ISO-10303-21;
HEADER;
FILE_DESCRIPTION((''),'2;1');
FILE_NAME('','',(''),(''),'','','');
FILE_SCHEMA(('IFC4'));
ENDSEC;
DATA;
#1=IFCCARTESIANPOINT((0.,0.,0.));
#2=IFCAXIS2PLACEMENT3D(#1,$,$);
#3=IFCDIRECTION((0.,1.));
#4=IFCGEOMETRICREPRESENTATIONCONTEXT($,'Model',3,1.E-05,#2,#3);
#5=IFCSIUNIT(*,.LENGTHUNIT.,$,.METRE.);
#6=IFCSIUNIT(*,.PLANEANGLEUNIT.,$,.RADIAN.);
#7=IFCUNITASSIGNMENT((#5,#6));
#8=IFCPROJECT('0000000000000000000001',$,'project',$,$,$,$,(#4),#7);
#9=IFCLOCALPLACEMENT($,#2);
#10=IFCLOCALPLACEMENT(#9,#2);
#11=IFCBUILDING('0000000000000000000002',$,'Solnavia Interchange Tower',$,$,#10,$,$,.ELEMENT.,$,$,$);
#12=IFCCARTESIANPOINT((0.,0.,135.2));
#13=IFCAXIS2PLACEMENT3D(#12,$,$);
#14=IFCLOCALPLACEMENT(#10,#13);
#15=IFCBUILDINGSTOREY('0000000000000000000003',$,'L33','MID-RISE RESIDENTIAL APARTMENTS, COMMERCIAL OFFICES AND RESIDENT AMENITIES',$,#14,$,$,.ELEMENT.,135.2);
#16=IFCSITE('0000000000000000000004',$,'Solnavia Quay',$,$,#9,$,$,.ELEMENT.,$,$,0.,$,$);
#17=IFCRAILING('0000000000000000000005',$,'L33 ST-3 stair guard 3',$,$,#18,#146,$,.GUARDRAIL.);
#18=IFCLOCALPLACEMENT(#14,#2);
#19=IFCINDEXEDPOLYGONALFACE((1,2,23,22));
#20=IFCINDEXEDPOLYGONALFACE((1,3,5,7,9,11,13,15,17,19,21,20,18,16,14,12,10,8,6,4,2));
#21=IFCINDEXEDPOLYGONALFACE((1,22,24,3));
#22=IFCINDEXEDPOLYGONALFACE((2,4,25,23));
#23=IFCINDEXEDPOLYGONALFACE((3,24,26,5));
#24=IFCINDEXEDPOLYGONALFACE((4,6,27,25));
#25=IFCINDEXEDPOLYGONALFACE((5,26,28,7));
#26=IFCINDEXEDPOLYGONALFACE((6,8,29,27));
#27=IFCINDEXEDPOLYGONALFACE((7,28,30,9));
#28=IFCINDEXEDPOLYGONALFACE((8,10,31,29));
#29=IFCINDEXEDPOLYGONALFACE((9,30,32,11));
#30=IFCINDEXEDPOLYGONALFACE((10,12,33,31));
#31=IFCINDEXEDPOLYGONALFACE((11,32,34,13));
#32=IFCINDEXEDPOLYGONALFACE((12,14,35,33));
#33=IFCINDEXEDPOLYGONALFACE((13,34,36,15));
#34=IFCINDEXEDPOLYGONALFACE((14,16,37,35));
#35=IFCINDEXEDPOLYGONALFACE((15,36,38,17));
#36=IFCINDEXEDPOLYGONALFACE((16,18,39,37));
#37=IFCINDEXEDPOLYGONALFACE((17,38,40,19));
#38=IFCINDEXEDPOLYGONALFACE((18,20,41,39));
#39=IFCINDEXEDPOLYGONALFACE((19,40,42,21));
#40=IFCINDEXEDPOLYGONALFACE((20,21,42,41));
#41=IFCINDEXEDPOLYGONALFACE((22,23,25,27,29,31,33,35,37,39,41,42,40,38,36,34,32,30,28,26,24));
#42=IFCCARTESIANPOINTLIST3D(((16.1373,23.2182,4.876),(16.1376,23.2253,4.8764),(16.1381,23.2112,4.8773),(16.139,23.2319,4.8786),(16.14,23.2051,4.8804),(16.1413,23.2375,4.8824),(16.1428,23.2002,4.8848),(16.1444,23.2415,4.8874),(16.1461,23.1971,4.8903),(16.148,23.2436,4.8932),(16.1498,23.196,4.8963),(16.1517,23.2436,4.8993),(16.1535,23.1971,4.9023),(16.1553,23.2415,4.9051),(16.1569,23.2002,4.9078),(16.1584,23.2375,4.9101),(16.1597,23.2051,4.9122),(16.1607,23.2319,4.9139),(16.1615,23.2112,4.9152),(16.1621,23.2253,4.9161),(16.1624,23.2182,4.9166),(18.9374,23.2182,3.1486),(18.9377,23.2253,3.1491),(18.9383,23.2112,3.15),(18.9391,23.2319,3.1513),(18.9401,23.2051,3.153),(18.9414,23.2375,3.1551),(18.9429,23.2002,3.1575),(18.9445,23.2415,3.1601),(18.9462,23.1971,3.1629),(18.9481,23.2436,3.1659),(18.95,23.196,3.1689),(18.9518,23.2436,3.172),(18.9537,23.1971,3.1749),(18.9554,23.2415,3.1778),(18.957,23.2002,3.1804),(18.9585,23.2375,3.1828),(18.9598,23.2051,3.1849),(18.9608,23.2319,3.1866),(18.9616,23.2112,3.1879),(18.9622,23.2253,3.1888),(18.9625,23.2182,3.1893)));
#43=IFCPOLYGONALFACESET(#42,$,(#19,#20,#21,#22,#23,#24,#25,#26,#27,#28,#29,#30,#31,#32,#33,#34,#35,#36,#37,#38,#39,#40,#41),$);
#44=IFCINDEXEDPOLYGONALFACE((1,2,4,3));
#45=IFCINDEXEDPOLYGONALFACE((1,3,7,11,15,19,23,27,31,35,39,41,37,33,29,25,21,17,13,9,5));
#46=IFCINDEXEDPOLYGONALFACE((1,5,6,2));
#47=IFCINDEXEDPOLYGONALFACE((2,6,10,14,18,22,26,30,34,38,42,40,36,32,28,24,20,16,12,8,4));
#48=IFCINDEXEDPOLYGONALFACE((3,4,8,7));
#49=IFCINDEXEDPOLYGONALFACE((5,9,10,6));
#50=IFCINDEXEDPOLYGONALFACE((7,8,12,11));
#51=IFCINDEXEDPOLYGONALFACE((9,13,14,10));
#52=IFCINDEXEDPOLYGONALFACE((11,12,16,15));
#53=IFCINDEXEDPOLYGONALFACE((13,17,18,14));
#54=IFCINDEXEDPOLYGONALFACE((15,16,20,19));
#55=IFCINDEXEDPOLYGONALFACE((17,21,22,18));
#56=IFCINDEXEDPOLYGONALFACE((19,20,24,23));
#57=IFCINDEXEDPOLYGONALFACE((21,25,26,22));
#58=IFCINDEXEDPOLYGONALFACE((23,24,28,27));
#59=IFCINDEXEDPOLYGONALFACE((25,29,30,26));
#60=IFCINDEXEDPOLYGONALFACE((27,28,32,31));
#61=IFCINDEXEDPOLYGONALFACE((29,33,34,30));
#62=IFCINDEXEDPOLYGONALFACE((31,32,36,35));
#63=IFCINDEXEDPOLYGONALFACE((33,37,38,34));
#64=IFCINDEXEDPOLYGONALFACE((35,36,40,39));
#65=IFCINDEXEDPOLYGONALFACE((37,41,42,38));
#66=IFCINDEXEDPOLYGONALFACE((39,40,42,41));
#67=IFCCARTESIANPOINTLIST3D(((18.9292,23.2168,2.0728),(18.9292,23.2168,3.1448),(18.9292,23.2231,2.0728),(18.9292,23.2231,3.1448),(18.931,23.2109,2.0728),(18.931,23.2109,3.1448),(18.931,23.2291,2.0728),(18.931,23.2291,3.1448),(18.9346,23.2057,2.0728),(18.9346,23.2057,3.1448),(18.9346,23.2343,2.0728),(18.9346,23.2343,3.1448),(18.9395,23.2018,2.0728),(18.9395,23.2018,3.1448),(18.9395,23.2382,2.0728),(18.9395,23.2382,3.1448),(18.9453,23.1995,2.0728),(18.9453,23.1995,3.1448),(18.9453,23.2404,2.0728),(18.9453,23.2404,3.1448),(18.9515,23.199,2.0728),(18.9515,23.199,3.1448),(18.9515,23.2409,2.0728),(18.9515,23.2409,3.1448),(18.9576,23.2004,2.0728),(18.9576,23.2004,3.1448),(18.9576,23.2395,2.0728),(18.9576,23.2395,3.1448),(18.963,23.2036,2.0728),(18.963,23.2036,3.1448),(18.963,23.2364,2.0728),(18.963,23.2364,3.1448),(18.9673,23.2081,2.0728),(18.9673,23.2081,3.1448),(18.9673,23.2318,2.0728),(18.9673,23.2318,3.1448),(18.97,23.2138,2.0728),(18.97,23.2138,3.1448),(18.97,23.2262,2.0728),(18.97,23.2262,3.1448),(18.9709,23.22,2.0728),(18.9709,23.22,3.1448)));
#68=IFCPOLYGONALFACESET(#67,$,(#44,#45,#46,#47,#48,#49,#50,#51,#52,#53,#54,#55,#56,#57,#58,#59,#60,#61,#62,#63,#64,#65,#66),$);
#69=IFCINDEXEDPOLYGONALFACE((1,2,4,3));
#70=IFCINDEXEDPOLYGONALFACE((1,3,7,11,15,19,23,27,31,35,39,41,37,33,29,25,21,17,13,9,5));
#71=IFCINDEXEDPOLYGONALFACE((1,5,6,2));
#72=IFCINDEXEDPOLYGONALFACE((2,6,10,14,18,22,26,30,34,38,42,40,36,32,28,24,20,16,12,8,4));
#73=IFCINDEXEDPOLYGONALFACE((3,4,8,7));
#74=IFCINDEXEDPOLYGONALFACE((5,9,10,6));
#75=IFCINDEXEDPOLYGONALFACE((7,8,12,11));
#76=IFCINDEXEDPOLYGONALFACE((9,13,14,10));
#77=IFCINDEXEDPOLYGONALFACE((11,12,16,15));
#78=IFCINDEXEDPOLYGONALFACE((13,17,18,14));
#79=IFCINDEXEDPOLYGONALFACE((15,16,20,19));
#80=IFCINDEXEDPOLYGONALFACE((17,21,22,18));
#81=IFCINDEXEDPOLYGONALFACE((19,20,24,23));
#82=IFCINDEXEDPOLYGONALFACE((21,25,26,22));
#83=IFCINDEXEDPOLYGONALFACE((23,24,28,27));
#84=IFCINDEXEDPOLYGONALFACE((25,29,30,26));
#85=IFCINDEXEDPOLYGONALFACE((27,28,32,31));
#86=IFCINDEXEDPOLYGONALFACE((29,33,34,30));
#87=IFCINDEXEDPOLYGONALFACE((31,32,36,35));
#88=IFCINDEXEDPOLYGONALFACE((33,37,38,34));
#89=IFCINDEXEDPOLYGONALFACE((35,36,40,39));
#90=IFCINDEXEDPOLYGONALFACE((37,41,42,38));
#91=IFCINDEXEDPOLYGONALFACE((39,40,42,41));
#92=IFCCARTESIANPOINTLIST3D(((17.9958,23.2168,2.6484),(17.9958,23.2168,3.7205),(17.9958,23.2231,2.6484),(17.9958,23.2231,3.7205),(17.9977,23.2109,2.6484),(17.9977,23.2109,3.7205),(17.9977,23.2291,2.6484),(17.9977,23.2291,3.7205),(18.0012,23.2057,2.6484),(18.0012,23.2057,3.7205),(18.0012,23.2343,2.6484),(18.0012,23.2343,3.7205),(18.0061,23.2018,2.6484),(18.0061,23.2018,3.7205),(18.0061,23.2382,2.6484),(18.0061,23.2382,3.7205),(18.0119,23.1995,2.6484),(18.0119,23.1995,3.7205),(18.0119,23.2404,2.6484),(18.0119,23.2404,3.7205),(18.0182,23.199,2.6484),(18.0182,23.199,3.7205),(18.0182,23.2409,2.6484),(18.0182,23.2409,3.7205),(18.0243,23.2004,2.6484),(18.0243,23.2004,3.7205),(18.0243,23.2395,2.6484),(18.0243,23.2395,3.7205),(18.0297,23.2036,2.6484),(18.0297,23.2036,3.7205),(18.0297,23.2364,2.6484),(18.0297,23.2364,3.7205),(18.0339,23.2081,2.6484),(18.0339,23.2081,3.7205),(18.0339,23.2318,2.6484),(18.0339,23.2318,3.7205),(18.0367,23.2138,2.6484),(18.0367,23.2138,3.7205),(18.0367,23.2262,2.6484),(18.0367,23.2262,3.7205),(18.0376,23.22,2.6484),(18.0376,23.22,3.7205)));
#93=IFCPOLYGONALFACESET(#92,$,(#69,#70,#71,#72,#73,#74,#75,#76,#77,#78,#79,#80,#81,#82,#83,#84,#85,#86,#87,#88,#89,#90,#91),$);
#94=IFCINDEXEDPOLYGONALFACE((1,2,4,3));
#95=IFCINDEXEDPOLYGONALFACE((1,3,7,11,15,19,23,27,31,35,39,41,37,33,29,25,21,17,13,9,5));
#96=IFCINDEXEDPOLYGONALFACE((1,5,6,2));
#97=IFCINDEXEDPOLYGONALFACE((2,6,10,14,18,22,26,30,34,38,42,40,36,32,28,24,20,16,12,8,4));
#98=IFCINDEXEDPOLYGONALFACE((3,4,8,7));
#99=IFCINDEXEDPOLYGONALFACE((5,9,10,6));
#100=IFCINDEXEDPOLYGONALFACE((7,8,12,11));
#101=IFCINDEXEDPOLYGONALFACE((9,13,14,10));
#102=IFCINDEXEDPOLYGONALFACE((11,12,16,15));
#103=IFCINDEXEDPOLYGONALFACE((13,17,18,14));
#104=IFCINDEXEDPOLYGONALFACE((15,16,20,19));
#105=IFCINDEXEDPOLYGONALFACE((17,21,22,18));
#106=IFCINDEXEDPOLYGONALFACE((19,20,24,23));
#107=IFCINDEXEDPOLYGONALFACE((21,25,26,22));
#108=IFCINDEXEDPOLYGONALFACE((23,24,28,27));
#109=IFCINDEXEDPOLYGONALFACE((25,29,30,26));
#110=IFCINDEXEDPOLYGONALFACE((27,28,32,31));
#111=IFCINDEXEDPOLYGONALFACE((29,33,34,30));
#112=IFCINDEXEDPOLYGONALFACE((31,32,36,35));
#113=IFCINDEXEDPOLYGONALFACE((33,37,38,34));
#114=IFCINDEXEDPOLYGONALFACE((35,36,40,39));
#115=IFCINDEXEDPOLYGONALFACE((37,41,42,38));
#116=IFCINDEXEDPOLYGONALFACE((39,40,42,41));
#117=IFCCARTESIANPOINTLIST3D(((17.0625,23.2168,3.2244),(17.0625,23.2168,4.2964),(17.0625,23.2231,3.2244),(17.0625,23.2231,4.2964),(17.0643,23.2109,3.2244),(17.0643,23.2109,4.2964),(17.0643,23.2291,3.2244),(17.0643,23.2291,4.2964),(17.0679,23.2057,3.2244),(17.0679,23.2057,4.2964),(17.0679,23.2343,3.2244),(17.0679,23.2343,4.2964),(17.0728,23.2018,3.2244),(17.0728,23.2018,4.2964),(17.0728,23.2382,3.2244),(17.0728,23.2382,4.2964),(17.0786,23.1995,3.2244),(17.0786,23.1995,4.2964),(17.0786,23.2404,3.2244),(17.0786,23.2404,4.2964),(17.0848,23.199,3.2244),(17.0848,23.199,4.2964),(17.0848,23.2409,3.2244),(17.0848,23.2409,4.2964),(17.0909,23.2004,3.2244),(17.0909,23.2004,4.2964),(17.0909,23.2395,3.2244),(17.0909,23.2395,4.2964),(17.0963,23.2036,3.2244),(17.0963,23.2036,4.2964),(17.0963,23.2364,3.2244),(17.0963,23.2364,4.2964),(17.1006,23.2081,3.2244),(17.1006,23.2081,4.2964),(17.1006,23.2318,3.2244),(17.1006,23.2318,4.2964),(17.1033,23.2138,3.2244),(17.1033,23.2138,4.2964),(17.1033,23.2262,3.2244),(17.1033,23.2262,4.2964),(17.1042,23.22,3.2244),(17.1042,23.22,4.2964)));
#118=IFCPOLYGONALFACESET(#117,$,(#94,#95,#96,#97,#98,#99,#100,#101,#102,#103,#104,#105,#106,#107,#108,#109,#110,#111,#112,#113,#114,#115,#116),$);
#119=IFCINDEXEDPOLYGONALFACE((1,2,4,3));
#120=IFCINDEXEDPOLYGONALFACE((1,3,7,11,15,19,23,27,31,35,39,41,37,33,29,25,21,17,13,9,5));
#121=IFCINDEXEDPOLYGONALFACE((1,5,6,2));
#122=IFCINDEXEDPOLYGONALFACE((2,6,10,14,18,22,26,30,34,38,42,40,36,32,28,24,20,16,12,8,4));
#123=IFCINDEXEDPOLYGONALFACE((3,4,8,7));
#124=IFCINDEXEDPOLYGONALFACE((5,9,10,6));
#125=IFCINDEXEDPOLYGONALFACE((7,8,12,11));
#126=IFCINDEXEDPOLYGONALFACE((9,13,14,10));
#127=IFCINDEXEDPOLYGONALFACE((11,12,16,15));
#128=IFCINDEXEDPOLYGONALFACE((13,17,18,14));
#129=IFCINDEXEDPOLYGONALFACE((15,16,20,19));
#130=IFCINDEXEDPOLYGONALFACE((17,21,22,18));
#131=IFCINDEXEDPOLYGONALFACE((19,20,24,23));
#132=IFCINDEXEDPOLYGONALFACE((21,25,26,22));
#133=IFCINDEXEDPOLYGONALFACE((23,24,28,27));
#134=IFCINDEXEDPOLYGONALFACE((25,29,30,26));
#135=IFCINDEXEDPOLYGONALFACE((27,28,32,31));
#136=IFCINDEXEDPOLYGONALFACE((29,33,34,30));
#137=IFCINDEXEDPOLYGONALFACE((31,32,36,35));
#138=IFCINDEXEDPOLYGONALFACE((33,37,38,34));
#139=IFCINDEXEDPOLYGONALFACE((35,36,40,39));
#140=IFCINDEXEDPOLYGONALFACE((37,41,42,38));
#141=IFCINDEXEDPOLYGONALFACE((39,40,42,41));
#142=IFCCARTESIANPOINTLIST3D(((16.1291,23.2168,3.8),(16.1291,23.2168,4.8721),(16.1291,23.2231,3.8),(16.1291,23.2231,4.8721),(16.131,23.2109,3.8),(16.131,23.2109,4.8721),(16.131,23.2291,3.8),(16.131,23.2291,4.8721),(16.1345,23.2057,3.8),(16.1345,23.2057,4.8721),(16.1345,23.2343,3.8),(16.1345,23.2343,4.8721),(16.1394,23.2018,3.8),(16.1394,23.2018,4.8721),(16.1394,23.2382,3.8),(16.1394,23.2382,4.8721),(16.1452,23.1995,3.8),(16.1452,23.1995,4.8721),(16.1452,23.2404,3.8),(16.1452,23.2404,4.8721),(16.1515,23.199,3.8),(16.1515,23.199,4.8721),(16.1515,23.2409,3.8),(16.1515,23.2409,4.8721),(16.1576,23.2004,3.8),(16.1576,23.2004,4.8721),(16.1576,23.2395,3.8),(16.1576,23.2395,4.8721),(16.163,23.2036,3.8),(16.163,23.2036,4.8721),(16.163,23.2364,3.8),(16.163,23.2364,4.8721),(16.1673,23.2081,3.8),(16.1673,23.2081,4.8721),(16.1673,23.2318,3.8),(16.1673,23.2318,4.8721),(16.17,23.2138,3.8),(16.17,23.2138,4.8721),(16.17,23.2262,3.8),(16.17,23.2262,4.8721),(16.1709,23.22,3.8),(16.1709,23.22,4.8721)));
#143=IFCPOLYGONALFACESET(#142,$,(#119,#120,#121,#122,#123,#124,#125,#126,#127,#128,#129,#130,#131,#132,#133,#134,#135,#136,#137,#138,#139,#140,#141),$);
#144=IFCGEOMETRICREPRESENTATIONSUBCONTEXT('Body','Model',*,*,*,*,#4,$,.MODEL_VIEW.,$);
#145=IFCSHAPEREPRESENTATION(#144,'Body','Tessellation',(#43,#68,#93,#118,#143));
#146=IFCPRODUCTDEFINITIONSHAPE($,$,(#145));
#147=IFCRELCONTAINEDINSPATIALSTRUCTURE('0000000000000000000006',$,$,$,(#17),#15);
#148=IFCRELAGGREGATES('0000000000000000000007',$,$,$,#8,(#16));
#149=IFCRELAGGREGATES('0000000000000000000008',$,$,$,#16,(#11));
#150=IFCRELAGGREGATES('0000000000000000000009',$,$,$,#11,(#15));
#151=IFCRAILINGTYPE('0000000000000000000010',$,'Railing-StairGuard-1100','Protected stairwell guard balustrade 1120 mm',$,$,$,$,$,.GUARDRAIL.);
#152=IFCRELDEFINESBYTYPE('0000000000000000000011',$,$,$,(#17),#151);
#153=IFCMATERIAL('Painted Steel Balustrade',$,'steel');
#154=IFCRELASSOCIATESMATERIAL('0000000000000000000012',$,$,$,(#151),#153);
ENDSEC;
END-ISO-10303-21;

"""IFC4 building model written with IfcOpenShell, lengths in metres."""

from ifc_helpers import new_model, si_unit, direction, frame, origin, origin_2d, place, context, subcontext, project, spatial, circle, extrude, material, type_object, element, save


model = new_model("IFC4")

# Units and contexts
model_context = context("Model", 3, precision=1e-05, world=origin(), true_north=direction((0.0, 1.0)))
body_context = subcontext(model_context, "Body", "Model", "MODEL_VIEW")
ifc_project = project(units=[si_unit("LENGTHUNIT", "METRE"), si_unit("PLANEANGLEUNIT", "RADIAN")], contexts=[model_context])

# Site, building, storey
site_placement = place(None, origin())
site = spatial("IfcSite", under=ifc_project, at=site_placement, Name="Solnavia Quay", CompositionType="ELEMENT", RefElevation=0.0)
building_placement = place(site_placement, origin())
building = spatial("IfcBuilding", under=site, at=building_placement, Name="Solnavia Interchange Tower", CompositionType="ELEMENT")
storey_placement = place(building_placement, frame((0.0, 0.0, 135.2)))
storey = spatial("IfcBuildingStorey", under=building, at=storey_placement, Name="L33", Description="MID-RISE RESIDENTIAL APARTMENTS, COMMERCIAL OFFICES AND RESIDENT AMENITIES", CompositionType="ELEMENT", Elevation=135.2)

# Railing
ifc_material_1 = material(Name="Painted Steel Balustrade", Category="steel")
railing_type_1 = type_object("IfcRailingType", Name="Railing-StairGuard-1100", Description="Protected stairwell guard balustrade 1120 mm", PredefinedType="GUARDRAIL", material=ifc_material_1)
railing_1_placement = place(storey_placement, frame((18.95, 23.22, 2.0728)))
element("IfcRailing", 1, at=railing_1_placement, inside=storey, type_object=railing_type_1, Name="L33 ST-3 stair guard 3", PredefinedType="GUARDRAIL", context=body_context, shape_type="SweptSolid", body=[
    extrude(circle(Radius=0.0239, at=origin_2d()), frame((0.0, 0.0, 1.0962), z_axis=(-0.85109, 0.0, 0.52502), x_axis=(0.0, -1.0, 0.0)), (0.0, 0.0, 1.0), 3.29),
    extrude(circle(Radius=0.021, at=origin_2d()), origin(), (0.0, 0.0, 1.0), 1.072),
    extrude(circle(Radius=0.021, at=origin_2d()), frame((-0.9333, 0.0, 0.5757)), (0.0, 0.0, 1.0), 1.072),
    extrude(circle(Radius=0.021, at=origin_2d()), frame((-1.8667, 0.0, 1.1516)), (0.0, 0.0, 1.0), 1.072),
    extrude(circle(Radius=0.021, at=origin_2d()), frame((-2.8, 0.0, 1.7273)), (0.0, 0.0, 1.0), 1.072),
])

save(model, "model.ifc")
